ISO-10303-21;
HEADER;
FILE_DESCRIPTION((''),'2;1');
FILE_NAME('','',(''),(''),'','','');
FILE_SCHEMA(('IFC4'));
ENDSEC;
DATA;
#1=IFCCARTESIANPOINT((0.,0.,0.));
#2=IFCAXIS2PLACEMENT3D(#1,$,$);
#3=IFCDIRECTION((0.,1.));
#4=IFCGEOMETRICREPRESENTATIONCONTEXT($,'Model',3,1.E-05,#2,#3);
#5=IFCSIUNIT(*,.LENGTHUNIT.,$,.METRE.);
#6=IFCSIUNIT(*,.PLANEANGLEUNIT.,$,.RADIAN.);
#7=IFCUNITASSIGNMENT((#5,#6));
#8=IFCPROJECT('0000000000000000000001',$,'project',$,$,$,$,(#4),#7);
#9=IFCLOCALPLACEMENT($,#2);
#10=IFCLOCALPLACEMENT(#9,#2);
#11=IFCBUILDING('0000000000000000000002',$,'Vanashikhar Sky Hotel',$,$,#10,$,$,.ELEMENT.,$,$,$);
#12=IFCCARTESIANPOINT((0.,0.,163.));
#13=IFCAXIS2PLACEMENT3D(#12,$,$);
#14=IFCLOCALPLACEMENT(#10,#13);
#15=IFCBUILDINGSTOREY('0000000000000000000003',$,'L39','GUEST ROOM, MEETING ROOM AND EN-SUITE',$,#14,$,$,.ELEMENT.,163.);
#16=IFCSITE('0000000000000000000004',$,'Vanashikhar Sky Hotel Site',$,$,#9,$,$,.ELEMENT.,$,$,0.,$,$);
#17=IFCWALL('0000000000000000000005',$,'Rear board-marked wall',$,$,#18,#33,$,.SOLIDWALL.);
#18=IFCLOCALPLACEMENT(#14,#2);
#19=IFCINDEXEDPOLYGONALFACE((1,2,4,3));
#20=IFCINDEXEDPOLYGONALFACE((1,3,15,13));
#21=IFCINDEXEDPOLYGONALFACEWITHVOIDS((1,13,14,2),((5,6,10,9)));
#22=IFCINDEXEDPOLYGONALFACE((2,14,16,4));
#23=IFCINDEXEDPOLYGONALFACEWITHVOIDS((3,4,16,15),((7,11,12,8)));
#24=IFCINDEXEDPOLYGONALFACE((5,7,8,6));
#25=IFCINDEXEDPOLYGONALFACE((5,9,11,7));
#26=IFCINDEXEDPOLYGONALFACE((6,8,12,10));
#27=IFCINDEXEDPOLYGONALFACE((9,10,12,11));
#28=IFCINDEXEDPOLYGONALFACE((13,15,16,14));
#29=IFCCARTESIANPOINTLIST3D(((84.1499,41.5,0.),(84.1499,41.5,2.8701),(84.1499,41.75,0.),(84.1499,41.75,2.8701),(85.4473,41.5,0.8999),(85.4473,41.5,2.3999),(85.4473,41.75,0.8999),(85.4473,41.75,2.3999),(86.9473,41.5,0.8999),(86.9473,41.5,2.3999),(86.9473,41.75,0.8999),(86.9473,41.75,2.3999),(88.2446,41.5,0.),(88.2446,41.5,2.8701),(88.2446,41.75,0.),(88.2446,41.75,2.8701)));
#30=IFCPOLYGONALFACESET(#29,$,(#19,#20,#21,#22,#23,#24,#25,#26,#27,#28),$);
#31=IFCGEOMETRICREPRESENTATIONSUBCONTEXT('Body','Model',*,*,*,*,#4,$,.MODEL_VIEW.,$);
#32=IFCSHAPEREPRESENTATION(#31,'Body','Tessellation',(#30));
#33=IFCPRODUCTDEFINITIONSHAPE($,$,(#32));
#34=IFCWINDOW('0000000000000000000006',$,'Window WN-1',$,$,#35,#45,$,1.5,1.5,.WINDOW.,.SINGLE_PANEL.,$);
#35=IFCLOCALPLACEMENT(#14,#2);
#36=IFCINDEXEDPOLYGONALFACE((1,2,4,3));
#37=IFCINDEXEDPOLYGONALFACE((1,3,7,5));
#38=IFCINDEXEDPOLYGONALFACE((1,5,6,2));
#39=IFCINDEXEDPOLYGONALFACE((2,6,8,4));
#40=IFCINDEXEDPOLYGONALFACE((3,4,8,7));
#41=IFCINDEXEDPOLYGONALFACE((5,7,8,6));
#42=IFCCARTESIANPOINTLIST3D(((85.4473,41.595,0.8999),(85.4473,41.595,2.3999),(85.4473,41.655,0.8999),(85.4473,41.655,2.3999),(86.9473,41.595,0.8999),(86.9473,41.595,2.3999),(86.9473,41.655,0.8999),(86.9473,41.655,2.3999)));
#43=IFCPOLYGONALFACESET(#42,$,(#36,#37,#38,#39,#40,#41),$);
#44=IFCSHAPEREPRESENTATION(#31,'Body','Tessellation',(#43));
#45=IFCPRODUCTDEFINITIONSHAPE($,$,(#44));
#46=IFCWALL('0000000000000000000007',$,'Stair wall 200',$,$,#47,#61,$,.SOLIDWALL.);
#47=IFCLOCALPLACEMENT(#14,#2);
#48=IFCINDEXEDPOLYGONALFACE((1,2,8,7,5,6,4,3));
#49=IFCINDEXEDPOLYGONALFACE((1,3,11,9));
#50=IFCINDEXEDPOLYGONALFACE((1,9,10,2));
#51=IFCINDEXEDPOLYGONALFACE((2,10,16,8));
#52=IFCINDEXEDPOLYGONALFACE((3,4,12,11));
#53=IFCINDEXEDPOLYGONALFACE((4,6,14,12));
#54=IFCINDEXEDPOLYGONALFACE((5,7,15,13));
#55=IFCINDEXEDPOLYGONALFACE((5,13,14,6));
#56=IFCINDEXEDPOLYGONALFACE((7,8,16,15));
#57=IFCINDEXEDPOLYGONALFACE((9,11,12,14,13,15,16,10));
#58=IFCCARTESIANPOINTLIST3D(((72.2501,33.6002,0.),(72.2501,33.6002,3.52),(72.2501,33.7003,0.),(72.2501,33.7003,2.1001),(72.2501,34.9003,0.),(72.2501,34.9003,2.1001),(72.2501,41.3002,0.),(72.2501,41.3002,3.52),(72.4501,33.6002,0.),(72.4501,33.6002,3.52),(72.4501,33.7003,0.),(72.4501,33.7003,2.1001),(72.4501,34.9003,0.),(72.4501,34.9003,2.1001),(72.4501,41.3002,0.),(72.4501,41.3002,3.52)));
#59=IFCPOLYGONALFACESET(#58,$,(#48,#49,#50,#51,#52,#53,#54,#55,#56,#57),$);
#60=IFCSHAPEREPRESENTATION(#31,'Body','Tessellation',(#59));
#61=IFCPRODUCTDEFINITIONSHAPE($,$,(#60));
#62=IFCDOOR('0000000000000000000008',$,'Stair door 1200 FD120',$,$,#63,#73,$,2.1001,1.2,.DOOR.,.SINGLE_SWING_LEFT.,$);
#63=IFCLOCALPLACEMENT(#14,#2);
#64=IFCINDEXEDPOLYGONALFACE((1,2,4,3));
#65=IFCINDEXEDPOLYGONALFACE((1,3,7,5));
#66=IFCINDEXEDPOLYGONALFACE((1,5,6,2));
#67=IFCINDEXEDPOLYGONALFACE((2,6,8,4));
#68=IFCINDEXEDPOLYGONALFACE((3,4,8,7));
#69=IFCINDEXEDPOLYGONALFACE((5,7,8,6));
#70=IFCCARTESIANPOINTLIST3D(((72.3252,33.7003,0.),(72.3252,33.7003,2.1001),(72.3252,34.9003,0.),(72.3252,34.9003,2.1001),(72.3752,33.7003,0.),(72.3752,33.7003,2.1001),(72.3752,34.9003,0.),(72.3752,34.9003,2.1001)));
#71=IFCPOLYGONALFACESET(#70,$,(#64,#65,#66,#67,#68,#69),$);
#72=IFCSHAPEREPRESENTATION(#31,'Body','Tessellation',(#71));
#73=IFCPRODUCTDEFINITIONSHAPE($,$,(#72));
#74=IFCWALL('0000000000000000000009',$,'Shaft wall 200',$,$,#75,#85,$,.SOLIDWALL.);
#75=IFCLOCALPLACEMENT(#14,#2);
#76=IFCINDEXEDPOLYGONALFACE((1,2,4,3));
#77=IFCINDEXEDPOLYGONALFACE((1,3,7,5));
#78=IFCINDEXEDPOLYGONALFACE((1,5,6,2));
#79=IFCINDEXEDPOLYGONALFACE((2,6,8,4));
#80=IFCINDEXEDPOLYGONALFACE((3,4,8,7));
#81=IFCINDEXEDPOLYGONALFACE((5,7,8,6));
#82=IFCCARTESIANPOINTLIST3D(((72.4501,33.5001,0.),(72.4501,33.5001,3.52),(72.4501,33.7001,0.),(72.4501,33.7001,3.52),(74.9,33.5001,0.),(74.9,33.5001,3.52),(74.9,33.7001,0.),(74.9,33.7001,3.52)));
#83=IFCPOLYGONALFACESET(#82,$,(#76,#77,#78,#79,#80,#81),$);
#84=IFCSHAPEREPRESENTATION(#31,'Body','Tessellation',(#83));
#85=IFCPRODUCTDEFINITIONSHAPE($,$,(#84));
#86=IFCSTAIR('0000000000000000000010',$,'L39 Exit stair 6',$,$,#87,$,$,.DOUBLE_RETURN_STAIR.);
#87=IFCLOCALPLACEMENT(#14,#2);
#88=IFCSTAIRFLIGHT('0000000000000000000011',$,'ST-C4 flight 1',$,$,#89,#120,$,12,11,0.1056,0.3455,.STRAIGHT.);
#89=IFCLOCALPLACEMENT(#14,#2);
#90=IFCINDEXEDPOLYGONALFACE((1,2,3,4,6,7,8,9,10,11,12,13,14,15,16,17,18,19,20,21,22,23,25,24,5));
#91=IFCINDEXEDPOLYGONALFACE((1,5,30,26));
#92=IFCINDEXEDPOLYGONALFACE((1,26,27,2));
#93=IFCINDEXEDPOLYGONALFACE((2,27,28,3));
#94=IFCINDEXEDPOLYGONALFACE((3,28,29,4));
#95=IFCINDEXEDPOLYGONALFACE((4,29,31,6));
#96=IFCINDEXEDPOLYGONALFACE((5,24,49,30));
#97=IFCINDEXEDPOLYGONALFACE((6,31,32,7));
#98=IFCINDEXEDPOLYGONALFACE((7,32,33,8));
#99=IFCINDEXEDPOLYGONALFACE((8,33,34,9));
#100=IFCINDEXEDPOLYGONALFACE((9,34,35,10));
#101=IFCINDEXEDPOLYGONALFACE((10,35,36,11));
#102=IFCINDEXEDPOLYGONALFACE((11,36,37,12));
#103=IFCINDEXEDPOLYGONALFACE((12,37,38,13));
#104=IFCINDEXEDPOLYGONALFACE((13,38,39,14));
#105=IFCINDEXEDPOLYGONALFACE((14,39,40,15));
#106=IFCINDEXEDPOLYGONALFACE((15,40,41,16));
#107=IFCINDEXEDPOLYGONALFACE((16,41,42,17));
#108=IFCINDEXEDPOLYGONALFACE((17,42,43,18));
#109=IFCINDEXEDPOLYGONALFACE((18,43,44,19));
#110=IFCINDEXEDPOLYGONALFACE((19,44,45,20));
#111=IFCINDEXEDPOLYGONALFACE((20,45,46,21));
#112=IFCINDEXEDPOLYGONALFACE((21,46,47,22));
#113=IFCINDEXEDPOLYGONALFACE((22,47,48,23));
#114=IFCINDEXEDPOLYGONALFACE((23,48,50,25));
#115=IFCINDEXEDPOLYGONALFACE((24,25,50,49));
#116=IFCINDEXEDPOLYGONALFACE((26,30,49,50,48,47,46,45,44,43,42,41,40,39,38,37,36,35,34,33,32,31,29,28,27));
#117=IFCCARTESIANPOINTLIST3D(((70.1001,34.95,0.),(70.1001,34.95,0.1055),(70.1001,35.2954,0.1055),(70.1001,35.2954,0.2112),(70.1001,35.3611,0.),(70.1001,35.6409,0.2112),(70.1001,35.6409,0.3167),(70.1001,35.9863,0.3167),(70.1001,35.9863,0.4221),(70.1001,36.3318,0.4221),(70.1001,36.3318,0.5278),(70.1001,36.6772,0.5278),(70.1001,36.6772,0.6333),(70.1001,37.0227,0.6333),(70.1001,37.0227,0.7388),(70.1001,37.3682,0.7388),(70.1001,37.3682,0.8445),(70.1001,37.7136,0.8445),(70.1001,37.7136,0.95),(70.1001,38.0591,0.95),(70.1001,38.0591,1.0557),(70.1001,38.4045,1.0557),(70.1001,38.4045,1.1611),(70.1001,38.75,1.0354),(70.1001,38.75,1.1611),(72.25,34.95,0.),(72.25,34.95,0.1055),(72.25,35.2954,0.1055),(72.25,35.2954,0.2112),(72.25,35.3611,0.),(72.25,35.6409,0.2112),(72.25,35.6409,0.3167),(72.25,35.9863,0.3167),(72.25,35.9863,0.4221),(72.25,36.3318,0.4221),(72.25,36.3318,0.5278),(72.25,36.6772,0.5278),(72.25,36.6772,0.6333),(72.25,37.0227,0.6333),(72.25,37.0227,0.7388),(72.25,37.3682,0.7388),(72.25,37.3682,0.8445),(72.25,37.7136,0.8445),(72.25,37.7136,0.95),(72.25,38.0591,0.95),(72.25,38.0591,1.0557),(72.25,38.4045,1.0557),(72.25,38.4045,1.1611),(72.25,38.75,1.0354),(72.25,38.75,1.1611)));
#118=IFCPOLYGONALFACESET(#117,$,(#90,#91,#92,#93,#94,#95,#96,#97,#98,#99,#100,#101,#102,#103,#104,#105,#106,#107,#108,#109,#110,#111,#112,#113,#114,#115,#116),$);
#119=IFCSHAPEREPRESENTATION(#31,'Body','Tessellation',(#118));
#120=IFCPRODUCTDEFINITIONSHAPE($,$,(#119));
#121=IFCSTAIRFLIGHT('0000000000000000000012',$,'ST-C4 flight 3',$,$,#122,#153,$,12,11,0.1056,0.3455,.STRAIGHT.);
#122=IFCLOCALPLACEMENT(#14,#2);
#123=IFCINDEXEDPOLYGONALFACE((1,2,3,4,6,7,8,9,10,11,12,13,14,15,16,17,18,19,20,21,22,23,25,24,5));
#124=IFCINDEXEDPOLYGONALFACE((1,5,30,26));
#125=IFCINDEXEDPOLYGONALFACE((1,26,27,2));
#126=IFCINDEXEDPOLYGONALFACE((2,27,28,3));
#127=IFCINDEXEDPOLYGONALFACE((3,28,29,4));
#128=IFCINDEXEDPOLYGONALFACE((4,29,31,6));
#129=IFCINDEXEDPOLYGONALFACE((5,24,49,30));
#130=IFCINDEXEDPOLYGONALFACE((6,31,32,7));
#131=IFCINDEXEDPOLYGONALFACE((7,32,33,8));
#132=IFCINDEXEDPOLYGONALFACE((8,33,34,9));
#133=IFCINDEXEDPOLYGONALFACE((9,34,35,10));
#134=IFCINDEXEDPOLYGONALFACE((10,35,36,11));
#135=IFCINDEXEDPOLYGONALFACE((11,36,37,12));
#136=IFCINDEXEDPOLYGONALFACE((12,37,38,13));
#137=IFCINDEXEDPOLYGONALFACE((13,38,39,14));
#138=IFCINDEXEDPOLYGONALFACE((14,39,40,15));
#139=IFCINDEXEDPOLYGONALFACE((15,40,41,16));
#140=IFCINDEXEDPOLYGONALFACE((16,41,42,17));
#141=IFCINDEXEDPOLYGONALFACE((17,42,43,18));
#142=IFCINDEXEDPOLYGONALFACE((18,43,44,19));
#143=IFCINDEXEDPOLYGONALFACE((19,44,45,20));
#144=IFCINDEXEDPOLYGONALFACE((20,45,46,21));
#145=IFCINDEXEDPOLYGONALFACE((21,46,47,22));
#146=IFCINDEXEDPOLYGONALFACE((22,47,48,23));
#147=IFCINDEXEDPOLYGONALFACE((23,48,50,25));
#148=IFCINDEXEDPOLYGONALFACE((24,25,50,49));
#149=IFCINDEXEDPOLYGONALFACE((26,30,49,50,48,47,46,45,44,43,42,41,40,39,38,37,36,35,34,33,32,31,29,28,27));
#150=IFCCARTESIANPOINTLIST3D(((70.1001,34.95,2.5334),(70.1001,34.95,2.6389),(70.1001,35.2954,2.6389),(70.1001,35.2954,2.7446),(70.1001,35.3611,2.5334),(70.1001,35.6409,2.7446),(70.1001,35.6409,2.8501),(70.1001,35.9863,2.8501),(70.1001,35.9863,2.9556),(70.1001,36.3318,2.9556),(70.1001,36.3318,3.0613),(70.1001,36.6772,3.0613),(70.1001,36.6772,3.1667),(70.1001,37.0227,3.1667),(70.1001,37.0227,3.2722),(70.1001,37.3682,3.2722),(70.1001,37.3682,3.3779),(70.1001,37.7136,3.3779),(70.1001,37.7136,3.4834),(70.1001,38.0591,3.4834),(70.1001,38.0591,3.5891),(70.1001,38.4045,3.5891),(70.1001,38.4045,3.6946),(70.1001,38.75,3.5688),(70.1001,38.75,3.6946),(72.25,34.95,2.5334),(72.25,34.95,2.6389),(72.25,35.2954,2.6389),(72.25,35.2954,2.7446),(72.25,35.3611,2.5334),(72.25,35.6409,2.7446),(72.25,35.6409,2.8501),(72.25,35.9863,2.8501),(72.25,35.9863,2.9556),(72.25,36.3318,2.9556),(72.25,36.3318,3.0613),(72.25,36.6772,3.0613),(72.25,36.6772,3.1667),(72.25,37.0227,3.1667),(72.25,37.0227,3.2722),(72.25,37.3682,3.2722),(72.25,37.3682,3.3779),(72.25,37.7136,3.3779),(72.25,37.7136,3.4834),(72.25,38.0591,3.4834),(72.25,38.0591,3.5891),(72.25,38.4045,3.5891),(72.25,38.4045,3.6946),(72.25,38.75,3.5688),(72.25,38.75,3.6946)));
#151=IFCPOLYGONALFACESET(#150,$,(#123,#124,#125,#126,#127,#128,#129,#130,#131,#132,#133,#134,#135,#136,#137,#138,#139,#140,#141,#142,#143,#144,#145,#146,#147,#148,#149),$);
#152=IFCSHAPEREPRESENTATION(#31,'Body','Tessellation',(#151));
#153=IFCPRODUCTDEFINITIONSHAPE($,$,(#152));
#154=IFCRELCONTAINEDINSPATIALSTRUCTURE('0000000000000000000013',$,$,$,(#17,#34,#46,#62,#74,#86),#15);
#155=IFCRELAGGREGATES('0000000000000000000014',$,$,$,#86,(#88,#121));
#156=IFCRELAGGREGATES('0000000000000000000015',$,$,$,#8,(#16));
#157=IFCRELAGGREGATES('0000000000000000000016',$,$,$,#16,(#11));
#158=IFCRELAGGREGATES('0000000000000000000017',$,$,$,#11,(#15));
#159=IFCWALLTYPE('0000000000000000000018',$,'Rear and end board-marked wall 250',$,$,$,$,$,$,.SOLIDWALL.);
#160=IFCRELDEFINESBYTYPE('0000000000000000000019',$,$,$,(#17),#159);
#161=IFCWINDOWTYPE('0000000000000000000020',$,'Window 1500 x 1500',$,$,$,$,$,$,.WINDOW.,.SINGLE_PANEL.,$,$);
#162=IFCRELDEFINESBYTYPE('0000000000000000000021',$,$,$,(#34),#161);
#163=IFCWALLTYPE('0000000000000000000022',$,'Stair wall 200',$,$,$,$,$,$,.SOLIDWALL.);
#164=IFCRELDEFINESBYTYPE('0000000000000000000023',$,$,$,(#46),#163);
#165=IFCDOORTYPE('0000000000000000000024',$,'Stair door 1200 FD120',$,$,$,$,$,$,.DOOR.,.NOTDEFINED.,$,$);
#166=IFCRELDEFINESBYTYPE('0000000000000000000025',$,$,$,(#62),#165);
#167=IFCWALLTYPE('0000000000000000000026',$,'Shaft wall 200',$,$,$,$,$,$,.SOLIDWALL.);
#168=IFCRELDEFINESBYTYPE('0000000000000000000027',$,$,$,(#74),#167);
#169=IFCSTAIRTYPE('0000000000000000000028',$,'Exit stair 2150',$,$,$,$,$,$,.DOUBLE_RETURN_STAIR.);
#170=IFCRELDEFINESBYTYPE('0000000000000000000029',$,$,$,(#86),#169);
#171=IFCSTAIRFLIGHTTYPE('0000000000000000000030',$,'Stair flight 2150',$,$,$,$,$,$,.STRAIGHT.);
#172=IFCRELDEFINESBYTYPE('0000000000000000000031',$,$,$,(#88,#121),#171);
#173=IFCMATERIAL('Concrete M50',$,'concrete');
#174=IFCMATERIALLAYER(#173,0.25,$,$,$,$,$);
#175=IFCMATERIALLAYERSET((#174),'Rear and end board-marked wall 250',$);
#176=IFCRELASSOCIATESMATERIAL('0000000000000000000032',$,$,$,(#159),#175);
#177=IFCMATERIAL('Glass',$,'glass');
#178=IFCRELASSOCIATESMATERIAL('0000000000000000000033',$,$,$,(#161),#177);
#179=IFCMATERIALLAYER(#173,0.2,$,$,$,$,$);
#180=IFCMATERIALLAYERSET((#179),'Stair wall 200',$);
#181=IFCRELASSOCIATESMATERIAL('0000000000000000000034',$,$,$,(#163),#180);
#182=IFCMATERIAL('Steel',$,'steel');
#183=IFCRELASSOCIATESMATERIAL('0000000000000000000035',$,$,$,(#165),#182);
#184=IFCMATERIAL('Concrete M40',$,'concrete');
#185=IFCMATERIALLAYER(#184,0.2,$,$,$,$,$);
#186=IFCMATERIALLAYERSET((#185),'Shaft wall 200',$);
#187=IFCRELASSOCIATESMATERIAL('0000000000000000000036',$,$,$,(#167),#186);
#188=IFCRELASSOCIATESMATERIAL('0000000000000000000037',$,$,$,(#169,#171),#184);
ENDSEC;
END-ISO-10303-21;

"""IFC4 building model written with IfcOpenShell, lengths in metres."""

from ifc_helpers import new_model, si_unit, direction, frame, frame_2d, origin, place, context, subcontext, project, spatial, polyline, rectangle, outline, extrude, source, transform, mapped, material, layer, layer_set, type_object, element, fill, aggregate, save


model = new_model("IFC4")

# Units and contexts
model_context = context("Model", 3, precision=1e-05, world=origin(), true_north=direction((0.0, 1.0)))
body_context = subcontext(model_context, "Body", "Model", "MODEL_VIEW")
ifc_project = project(units=[si_unit("LENGTHUNIT", "METRE"), si_unit("PLANEANGLEUNIT", "RADIAN")], contexts=[model_context])

# Site, building, storey
site_placement = place(None, origin())
site = spatial("IfcSite", under=ifc_project, at=site_placement, Name="Vanashikhar Sky Hotel Site", CompositionType="ELEMENT", RefElevation=0.0)
building_placement = place(site_placement, origin())
building = spatial("IfcBuilding", under=site, at=building_placement, Name="Vanashikhar Sky Hotel", CompositionType="ELEMENT")
storey_placement = place(building_placement, frame((0.0, 0.0, 163.0)))
storey = spatial("IfcBuildingStorey", under=building, at=storey_placement, Name="L39", Description="GUEST ROOM, MEETING ROOM AND EN-SUITE", CompositionType="ELEMENT", Elevation=163.0)

# Shared definitions
ifc_material_1 = material(Name="Concrete M50", Category="concrete")
ifc_material_2 = material(Name="Glass", Category="glass")

# Shared definitions
ifc_layer_1 = layer(ifc_material_1, 0.25)
ifc_layer_set_1 = layer_set([ifc_layer_1], Name="Rear and end board-marked wall 250")
wall_type_1 = type_object("IfcWallType", Name="Rear and end board-marked wall 250", PredefinedType="SOLIDWALL", material=ifc_layer_set_1)

# Wall, opening, window
shared_shape_1 = source(origin(), body_context, "Body", "SweptSolid", [
    extrude(rectangle(XDim=4.0947, YDim=0.25, at=frame_2d((2.0474, 0.0))), origin(), (0.0, 0.0, 1.0), 2.8701),
])
wall_1_placement = place(storey_placement, frame((88.2446, 41.625, 0.0), z_axis=(0.0, 0.0, 1.0), x_axis=(-1.0, 0.0, 0.0)))
wall_1 = element("IfcWall", 1, at=wall_1_placement, inside=storey, type_object=wall_type_1, Name="Rear board-marked wall", PredefinedType="SOLIDWALL", context=body_context, shape_type="MappedRepresentation", body=[
    mapped(shared_shape_1, transform((0.0, 0.0, 0.0), scale=1.0)),
])
shared_shape_2 = source(origin(), body_context, "Body", "SweptSolid", [
    extrude(rectangle(XDim=1.5, YDim=1.5, at=frame_2d((0.75, 0.75))), frame((0.0, 0.135, 0.0), z_axis=(0.0, -1.0, 0.0), x_axis=(1.0, 0.0, 0.0)), (0.0, 0.0, 1.0), 0.27),
])
opening_1_placement = place(wall_1_placement, frame((1.2974, 0.0, 0.8999)))
opening_1 = element("IfcOpeningElement", 2, at=opening_1_placement, cuts=wall_1, PredefinedType="OPENING", context=body_context, shape_type="MappedRepresentation", body=[
    mapped(shared_shape_2, transform((0.0, 0.0, 0.0), scale=1.0)),
])
window_type_1 = type_object("IfcWindowType", Name="Window 1500 x 1500", PartitioningType="SINGLE_PANEL", PredefinedType="WINDOW", material=ifc_material_2)
shared_shape_3 = source(origin(), body_context, "Body", "SweptSolid", [
    extrude(rectangle(XDim=1.5, YDim=1.5, at=frame_2d((0.75, 0.75))), frame((0.0, 0.03, 0.0), z_axis=(0.0, -1.0, 0.0), x_axis=(1.0, 0.0, 0.0)), (0.0, 0.0, 1.0), 0.0601),
])
window_1_placement = place(opening_1_placement, origin())
window_1 = element("IfcWindow", 3, at=window_1_placement, inside=storey, type_object=window_type_1, Name="Window WN-1", OverallHeight=1.5, OverallWidth=1.5, PartitioningType="SINGLE_PANEL", PredefinedType="WINDOW", context=body_context, shape_type="MappedRepresentation", body=[
    mapped(shared_shape_3, transform((0.0, 0.0, 0.0), scale=1.0)),
])
fill(opening_1, window_1)

# Wall, opening, door
ifc_layer_2 = layer(ifc_material_1, 0.2)
ifc_layer_set_2 = layer_set([ifc_layer_2], Name="Stair wall 200")
wall_type_2 = type_object("IfcWallType", Name="Stair wall 200", PredefinedType="SOLIDWALL", material=ifc_layer_set_2)
shared_shape_4 = source(origin(), body_context, "Body", "SweptSolid", [
    extrude(rectangle(XDim=7.7, YDim=0.2, at=frame_2d((3.8501, 0.0))), origin(), (0.0, 0.0, 1.0), 3.52),
])
wall_2_placement = place(storey_placement, frame((72.3501, 33.6001, 0.0), z_axis=(0.0, 0.0, 1.0), x_axis=(0.0, 1.0, 0.0)))
wall_2 = element("IfcWall", 4, at=wall_2_placement, inside=storey, type_object=wall_type_2, Name="Stair wall 200", PredefinedType="SOLIDWALL", context=body_context, shape_type="MappedRepresentation", body=[
    mapped(shared_shape_4, transform((0.0, 0.0, 0.0), scale=1.0)),
])
shared_shape_5 = source(origin(), body_context, "Body", "SweptSolid", [
    extrude(rectangle(XDim=1.2, YDim=2.1001, at=frame_2d((0.6001, 1.05))), frame((0.0, 0.1099, 0.0), z_axis=(0.0, -1.0, 0.0), x_axis=(1.0, 0.0, 0.0)), (0.0, 0.0, 1.0), 0.22),
])
opening_2_placement = place(wall_2_placement, frame((0.1001, 0.0, 0.0)))
opening_2 = element("IfcOpeningElement", 5, at=opening_2_placement, cuts=wall_2, PredefinedType="OPENING", context=body_context, shape_type="MappedRepresentation", body=[
    mapped(shared_shape_5, transform((0.0, 0.0, 0.0), scale=1.0)),
])
ifc_material_3 = material(Name="Steel", Category="steel")
door_type = type_object("IfcDoorType", Name="Stair door 1200 FD120", OperationType="NOTDEFINED", PredefinedType="DOOR", material=ifc_material_3)
shared_shape_6 = source(origin(), body_context, "Body", "SweptSolid", [
    extrude(rectangle(XDim=1.2, YDim=2.1001, at=frame_2d((0.6001, 1.05))), frame((0.0, 0.0249, 0.0), z_axis=(0.0, -1.0, 0.0), x_axis=(1.0, 0.0, 0.0)), (0.0, 0.0, 1.0), 0.05),
])
door_placement = place(opening_2_placement, origin())
door = element("IfcDoor", 6, at=door_placement, inside=storey, type_object=door_type, Name="Stair door 1200 FD120", OperationType="SINGLE_SWING_LEFT", OverallHeight=2.1001, OverallWidth=1.2, PredefinedType="DOOR", context=body_context, shape_type="MappedRepresentation", body=[
    mapped(shared_shape_6, transform((0.0, 0.0, 0.0), scale=1.0)),
])
fill(opening_2, door)

# Wall
ifc_material_4 = material(Name="Concrete M40", Category="concrete")
ifc_layer_3 = layer(ifc_material_4, 0.2)
ifc_layer_set_3 = layer_set([ifc_layer_3], Name="Shaft wall 200")
wall_type_3 = type_object("IfcWallType", Name="Shaft wall 200", PredefinedType="SOLIDWALL", material=ifc_layer_set_3)
shared_shape_7 = source(origin(), body_context, "Body", "SweptSolid", [
    extrude(rectangle(XDim=2.45, YDim=0.2, at=frame_2d((1.2251, 0.0))), origin(), (0.0, 0.0, 1.0), 3.52),
])
wall_3_placement = place(storey_placement, frame((72.45, 33.6001, 0.0), z_axis=(0.0, 0.0, 1.0), x_axis=(1.0, 0.0, 0.0)))
element("IfcWall", 7, at=wall_3_placement, inside=storey, type_object=wall_type_3, Name="Shaft wall 200", PredefinedType="SOLIDWALL", context=body_context, shape_type="MappedRepresentation", body=[
    mapped(shared_shape_7, transform((0.0, 0.0, 0.0), scale=1.0)),
])

# Stair, stair flights
stair_type = type_object("IfcStairType", Name="Exit stair 2150", PredefinedType="DOUBLE_RETURN_STAIR", material=ifc_material_4)
stair_placement = place(storey_placement, origin())
stair = element("IfcStair", 8, at=stair_placement, inside=storey, type_object=stair_type, Name="L39 Exit stair 6", PredefinedType="DOUBLE_RETURN_STAIR")
stair_flight_type = type_object("IfcStairFlightType", Name="Stair flight 2150", PredefinedType="STRAIGHT", material=ifc_material_4)
shared_shape_8 = source(origin(), body_context, "Body", "SweptSolid", [
    extrude(outline(polyline([(0.0, 0.0), (0.0, 0.1055), (0.3455, 0.1055), (0.3455, 0.2112), (0.6909, 0.2112), (0.6909, 0.3167), (1.0364, 0.3167), (1.0364, 0.4221), (1.3818, 0.4221), (1.3818, 0.5278), (1.7273, 0.5278), (1.7273, 0.6333), (2.0728, 0.6333), (2.0728, 0.7388), (2.4182, 0.7388), (2.4182, 0.8445), (2.7637, 0.8445), (2.7637, 0.95), (3.1091, 0.95), (3.1091, 1.0557), (3.4546, 1.0557), (3.4546, 1.1611), (3.8, 1.1611), (3.8, 1.2666), (3.8, 1.0354), (0.4111, 0.0), (0.0, 0.0)])), frame((0.0, 1.075, 0.0), z_axis=(0.0, -1.0, 0.0), x_axis=(1.0, 0.0, 0.0)), (0.0, 0.0, 1.0), 2.1499),
])
stair_flight_1_placement = place(storey_placement, frame((71.175, 34.95, 0.0), z_axis=(0.0, 0.0, 1.0), x_axis=(0.0, 1.0, 0.0)))
stair_flight_1 = element("IfcStairFlight", 9, at=stair_flight_1_placement, type_object=stair_flight_type, Name="ST-C4 flight 1", NumberOfRisers=12, NumberOfTreads=11, PredefinedType="STRAIGHT", RiserHeight=0.1056, TreadLength=0.3455, context=body_context, shape_type="MappedRepresentation", body=[
    mapped(shared_shape_8, transform((0.0, 0.0, 0.0), scale=1.0)),
])
stair_flight_2_placement = place(storey_placement, frame((71.175, 34.95, 2.5334), z_axis=(0.0, 0.0, 1.0), x_axis=(0.0, 1.0, 0.0)))
stair_flight_2 = element("IfcStairFlight", 10, at=stair_flight_2_placement, type_object=stair_flight_type, Name="ST-C4 flight 3", NumberOfRisers=12, NumberOfTreads=11, PredefinedType="STRAIGHT", RiserHeight=0.1056, TreadLength=0.3455, context=body_context, shape_type="MappedRepresentation", body=[
    mapped(shared_shape_8, transform((0.0, 0.0, 0.0), scale=1.0)),
])
aggregate(stair, [stair_flight_1, stair_flight_2])

save(model, "model.ifc")
